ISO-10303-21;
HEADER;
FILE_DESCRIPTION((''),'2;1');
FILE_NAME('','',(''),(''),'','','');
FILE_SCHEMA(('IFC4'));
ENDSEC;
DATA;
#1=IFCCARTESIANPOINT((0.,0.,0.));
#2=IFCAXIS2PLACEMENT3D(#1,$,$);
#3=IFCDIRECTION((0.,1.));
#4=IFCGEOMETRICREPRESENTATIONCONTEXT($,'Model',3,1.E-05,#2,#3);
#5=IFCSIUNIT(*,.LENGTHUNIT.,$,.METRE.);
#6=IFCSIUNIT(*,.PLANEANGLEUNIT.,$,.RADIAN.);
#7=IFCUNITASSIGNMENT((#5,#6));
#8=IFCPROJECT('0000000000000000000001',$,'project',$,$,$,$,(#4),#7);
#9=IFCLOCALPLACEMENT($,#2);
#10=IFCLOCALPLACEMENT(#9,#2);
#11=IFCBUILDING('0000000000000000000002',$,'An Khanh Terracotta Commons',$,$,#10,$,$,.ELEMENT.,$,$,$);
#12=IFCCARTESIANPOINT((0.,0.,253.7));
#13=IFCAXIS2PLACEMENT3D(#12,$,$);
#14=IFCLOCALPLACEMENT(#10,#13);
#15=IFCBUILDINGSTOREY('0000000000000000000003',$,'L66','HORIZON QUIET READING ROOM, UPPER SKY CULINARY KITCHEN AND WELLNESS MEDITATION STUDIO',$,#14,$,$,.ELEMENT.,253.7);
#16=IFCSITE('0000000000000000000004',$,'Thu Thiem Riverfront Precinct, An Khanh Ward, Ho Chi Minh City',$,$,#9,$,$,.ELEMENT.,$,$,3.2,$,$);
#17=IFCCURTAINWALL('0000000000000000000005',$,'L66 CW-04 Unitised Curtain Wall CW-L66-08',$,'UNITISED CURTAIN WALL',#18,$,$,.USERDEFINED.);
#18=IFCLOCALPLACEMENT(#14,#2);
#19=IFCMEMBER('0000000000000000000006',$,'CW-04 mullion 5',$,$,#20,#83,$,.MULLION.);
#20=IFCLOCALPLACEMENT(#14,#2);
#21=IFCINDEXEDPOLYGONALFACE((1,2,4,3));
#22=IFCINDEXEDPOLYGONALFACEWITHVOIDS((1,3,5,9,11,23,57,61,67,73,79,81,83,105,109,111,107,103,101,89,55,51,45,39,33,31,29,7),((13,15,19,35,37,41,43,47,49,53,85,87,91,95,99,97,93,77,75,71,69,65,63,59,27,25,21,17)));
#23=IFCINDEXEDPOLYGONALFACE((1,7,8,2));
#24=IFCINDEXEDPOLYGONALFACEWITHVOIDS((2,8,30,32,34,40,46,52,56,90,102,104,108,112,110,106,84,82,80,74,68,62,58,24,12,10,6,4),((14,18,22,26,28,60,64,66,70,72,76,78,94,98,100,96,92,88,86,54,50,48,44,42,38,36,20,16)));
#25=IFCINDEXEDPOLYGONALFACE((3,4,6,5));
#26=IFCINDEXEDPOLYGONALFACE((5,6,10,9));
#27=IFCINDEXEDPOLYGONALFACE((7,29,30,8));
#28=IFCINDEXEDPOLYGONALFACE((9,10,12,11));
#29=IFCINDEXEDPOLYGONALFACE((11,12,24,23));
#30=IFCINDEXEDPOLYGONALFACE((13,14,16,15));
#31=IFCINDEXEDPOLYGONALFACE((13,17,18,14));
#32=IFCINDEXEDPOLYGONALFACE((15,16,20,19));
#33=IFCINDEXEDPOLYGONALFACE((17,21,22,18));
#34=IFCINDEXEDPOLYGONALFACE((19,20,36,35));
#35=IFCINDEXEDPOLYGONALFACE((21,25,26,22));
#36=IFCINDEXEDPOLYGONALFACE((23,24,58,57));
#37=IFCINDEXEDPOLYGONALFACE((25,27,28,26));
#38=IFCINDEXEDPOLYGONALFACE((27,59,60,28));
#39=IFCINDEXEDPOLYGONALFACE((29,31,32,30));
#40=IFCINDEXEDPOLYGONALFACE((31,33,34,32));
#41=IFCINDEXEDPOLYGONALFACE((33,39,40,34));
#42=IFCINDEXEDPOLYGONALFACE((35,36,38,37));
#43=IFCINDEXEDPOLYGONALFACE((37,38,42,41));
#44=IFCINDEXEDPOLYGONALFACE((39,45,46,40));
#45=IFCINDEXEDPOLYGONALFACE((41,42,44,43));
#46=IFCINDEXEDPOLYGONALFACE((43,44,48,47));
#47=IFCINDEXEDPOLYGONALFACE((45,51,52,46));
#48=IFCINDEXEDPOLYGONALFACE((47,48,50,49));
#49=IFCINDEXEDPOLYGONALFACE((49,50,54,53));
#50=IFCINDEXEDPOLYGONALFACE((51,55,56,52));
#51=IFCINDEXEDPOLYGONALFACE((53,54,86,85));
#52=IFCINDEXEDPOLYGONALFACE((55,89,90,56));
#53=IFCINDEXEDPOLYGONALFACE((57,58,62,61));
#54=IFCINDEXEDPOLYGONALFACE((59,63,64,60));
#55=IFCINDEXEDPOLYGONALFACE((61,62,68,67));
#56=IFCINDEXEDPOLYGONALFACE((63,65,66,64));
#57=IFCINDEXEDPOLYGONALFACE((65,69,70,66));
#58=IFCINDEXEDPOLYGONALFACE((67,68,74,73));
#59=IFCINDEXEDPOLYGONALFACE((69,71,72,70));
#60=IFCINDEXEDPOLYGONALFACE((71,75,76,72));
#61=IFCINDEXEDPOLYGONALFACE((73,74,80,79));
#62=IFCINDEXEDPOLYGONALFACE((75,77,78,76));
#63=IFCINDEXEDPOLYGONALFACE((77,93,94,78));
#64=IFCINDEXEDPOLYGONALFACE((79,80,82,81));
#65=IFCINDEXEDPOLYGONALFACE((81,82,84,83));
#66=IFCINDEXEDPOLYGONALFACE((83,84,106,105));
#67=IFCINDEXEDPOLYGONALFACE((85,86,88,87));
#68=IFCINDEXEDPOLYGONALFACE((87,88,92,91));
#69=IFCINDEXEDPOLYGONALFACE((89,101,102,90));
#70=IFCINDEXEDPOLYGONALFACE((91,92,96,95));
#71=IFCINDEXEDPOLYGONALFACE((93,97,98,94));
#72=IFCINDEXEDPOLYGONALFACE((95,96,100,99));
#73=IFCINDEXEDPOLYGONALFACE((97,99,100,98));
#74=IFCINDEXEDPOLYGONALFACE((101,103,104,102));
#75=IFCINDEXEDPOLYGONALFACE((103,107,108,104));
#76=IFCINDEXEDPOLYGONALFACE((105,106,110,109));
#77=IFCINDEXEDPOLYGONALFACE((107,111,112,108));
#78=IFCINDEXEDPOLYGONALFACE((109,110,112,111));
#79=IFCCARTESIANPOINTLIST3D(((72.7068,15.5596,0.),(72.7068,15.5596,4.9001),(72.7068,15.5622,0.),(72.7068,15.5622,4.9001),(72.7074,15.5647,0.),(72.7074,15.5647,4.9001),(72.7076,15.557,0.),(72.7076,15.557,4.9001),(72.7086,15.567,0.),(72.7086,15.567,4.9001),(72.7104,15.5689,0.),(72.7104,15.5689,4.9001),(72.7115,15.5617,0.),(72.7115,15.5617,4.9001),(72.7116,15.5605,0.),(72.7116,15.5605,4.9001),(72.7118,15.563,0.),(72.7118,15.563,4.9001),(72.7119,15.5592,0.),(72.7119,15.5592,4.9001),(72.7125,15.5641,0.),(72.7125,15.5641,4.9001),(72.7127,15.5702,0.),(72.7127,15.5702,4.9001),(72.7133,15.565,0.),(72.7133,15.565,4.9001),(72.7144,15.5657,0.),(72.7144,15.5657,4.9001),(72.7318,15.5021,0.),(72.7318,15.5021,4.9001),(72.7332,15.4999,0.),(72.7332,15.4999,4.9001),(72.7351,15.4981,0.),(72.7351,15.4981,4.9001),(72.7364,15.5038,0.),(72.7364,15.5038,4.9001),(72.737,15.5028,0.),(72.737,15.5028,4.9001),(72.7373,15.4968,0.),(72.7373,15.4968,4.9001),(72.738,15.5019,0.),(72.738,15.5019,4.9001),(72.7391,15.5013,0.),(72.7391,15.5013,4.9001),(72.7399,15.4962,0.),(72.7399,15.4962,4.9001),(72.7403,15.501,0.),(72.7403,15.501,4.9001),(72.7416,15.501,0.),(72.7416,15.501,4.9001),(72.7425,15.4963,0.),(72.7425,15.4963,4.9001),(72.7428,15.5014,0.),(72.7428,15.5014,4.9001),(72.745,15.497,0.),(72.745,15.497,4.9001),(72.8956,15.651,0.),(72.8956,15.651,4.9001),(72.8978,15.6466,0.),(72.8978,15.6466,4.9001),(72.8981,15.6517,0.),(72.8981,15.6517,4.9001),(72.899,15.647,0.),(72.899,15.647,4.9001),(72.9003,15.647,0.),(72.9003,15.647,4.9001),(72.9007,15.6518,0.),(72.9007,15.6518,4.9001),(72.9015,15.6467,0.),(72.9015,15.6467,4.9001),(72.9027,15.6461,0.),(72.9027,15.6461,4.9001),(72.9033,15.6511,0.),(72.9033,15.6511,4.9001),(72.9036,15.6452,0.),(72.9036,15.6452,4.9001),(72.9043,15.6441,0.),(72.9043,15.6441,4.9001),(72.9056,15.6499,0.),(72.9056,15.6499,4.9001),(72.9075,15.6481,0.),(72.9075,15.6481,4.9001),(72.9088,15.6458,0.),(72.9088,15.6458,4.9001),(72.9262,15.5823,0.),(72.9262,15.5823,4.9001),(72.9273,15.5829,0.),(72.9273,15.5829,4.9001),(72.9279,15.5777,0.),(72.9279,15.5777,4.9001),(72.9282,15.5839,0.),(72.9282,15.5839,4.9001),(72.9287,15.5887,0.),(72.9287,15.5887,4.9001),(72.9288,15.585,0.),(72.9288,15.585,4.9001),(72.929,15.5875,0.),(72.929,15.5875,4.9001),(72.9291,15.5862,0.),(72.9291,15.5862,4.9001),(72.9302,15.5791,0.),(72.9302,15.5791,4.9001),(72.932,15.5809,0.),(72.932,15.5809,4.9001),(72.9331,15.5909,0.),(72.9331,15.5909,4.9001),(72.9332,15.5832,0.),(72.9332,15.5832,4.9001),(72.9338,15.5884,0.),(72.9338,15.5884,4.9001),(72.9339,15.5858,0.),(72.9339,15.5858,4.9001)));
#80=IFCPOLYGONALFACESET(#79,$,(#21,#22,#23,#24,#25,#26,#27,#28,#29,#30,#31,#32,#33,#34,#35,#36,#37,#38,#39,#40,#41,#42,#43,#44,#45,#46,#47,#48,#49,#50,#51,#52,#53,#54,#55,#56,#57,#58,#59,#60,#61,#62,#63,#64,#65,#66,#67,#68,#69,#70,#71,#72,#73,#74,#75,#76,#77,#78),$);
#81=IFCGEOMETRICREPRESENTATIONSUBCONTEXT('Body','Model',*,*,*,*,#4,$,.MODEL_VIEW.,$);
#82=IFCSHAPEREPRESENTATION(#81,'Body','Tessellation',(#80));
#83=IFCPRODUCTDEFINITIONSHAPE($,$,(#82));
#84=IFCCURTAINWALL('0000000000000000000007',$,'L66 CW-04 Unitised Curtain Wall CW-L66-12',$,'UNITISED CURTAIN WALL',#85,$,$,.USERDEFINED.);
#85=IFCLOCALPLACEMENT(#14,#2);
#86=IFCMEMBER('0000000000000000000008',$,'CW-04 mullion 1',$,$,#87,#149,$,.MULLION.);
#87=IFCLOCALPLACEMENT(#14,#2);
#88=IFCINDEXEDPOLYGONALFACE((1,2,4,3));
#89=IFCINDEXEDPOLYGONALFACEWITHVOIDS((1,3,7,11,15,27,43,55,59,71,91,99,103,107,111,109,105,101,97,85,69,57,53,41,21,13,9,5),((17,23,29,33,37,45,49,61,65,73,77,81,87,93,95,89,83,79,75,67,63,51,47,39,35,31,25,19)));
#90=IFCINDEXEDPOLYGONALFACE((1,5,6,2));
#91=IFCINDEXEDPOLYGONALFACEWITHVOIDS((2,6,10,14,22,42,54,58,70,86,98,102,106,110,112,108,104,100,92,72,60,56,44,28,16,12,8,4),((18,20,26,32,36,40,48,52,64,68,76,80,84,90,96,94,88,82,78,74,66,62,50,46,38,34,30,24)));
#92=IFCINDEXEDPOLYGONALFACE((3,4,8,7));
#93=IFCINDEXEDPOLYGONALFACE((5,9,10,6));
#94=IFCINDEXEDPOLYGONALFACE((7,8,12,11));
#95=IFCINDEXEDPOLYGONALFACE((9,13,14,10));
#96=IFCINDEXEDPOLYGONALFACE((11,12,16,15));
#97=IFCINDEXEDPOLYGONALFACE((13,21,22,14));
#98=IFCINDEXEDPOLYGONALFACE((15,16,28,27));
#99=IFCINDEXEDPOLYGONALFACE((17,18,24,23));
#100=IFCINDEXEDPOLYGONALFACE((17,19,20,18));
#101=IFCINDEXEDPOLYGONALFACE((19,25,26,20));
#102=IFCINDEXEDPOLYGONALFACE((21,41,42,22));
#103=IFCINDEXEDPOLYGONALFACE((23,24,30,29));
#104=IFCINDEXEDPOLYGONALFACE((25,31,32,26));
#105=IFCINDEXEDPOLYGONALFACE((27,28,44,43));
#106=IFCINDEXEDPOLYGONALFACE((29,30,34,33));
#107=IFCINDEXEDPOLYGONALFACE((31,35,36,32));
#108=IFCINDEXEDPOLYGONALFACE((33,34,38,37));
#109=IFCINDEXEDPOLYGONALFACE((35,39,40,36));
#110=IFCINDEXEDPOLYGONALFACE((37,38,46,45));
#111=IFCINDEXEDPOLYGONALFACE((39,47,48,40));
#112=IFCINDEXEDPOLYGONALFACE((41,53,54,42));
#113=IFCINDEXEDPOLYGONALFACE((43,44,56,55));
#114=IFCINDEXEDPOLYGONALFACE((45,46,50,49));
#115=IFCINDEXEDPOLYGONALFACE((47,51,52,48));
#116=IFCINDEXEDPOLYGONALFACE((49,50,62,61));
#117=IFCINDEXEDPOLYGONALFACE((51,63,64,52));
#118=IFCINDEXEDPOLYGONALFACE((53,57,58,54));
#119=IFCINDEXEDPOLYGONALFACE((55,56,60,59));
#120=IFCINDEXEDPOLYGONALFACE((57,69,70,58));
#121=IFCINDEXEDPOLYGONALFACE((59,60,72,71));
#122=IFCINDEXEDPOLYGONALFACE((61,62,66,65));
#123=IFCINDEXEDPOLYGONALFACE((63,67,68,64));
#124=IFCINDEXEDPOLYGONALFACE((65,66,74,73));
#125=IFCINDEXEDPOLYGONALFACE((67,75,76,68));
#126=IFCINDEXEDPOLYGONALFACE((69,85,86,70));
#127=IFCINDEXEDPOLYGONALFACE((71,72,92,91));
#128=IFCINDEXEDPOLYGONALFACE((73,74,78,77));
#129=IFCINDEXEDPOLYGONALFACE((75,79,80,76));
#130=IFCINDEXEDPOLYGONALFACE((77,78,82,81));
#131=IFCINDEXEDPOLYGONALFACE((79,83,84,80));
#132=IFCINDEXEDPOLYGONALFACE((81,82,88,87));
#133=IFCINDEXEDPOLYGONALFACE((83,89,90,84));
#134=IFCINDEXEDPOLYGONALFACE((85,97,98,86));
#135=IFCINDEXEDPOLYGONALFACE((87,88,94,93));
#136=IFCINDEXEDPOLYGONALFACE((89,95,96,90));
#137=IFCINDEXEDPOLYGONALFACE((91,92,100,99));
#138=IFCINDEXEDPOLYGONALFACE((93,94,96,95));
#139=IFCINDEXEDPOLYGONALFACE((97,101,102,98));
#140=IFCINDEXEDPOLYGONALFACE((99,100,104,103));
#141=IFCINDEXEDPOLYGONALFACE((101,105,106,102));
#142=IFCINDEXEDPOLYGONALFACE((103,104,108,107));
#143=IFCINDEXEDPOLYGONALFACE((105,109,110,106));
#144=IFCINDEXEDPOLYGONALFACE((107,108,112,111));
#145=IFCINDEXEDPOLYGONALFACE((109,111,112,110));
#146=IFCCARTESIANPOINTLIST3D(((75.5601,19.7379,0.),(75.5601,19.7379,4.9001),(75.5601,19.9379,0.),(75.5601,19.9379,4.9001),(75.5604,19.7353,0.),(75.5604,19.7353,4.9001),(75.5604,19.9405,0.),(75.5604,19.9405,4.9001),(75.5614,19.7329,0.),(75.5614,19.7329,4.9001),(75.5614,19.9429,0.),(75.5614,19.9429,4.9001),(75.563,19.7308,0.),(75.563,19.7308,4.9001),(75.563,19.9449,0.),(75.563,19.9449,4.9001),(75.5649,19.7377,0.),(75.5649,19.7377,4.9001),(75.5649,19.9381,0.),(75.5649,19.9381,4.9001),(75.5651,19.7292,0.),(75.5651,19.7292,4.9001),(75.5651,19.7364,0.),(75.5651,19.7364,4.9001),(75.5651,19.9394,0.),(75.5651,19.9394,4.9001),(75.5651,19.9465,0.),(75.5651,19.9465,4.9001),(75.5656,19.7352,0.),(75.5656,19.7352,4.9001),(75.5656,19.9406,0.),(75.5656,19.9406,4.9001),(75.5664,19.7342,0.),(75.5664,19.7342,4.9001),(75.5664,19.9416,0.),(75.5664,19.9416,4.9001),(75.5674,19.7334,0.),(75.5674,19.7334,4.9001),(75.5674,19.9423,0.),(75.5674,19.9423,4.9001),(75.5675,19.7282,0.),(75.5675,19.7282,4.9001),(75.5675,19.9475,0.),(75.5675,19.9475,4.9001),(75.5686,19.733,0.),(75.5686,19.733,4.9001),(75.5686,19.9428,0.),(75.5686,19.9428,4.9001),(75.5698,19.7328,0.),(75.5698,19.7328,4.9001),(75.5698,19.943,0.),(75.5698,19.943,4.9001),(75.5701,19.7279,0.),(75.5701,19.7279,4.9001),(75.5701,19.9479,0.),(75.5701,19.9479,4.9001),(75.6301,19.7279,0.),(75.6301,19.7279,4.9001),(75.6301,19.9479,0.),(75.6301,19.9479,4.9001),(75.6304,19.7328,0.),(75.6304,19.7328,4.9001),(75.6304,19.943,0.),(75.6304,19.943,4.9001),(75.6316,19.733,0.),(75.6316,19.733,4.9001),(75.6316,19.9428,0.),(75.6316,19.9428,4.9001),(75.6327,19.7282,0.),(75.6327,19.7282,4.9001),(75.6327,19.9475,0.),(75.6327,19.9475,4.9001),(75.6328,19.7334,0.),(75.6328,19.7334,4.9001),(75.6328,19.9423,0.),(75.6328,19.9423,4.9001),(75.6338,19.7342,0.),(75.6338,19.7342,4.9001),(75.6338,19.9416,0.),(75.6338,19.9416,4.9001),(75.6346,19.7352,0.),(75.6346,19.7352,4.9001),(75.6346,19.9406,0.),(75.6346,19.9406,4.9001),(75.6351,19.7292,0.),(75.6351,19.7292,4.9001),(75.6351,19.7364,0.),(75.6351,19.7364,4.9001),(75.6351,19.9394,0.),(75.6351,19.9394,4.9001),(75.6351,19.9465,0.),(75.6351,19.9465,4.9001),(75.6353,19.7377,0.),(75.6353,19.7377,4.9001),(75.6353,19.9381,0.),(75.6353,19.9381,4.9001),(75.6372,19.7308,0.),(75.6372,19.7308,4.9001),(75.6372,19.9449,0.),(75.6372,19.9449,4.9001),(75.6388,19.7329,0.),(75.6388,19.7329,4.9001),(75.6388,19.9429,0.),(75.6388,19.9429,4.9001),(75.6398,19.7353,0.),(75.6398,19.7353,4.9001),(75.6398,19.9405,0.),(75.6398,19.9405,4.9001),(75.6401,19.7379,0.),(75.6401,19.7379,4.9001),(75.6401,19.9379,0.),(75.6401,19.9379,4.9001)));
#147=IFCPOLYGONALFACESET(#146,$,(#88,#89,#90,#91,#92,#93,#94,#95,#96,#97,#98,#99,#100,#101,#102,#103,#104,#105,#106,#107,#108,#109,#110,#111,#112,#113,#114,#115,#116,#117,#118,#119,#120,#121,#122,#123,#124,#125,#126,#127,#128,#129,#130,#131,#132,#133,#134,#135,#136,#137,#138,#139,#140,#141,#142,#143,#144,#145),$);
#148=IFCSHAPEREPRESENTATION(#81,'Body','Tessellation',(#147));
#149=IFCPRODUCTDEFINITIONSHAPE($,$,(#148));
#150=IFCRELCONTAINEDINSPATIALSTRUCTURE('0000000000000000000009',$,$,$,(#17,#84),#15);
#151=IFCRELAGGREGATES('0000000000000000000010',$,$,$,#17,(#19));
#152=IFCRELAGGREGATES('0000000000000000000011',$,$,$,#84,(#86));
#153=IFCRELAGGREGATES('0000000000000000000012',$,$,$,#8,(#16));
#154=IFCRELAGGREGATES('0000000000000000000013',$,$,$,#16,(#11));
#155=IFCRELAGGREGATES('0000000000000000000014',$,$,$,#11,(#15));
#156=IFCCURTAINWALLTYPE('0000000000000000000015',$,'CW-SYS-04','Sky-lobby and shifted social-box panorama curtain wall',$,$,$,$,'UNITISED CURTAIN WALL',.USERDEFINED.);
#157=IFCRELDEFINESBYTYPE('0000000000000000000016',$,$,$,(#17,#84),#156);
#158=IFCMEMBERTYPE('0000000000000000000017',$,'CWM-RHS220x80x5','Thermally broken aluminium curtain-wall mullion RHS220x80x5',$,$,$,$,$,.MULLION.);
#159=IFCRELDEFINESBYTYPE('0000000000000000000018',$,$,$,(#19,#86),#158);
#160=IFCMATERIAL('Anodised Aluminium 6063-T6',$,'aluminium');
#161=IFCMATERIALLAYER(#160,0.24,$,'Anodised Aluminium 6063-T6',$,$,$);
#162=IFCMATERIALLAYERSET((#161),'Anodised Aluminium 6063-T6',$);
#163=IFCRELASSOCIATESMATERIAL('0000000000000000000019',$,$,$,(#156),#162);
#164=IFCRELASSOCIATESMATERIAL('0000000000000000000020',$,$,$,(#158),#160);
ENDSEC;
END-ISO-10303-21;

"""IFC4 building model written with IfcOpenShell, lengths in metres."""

from ifc_helpers import new_model, si_unit, direction, frame, origin, origin_2d, place, context, subcontext, project, spatial, hollow_rectangle, extrude, material, layer, layer_set, material_profile, profile_set, type_object, element, aggregate, save


model = new_model("IFC4")

# Units and contexts
model_context = context("Model", 3, precision=1e-05, world=origin(), true_north=direction((0.0, 1.0)))
body_context = subcontext(model_context, "Body", "Model", "MODEL_VIEW")
ifc_project = project(units=[si_unit("LENGTHUNIT", "METRE"), si_unit("PLANEANGLEUNIT", "RADIAN")], contexts=[model_context])

# Site, building, storey
site_placement = place(None, origin())
site = spatial("IfcSite", under=ifc_project, at=site_placement, Name="Thu Thiem Riverfront Precinct, An Khanh Ward, Ho Chi Minh City", CompositionType="ELEMENT", RefElevation=3.2)
building_placement = place(site_placement, origin())
building = spatial("IfcBuilding", under=site, at=building_placement, Name="An Khanh Terracotta Commons", CompositionType="ELEMENT")
storey_placement = place(building_placement, frame((0.0, 0.0, 253.7)))
storey = spatial("IfcBuildingStorey", under=building, at=storey_placement, Name="L66", Description="HORIZON QUIET READING ROOM, UPPER SKY CULINARY KITCHEN AND WELLNESS MEDITATION STUDIO", CompositionType="ELEMENT", Elevation=253.7)

# Curtain walls, members
ifc_material_1 = material(Name="Anodised Aluminium 6063-T6", Category="aluminium")
ifc_layer_1 = layer(ifc_material_1, 0.24, Name="Anodised Aluminium 6063-T6")
ifc_layer_set_1 = layer_set([ifc_layer_1], Name="Anodised Aluminium 6063-T6")
curtain_wall_type = type_object("IfcCurtainWallType", Name="CW-SYS-04", Description="Sky-lobby and shifted social-box panorama curtain wall", ElementType="UNITISED CURTAIN WALL", PredefinedType="USERDEFINED", material=ifc_layer_set_1)
curtain_wall_1_placement = place(storey_placement, origin())
curtain_wall_1 = element("IfcCurtainWall", 1, at=curtain_wall_1_placement, inside=storey, type_object=curtain_wall_type, Name="L66 CW-04 Unitised Curtain Wall CW-L66-08", ObjectType="UNITISED CURTAIN WALL", PredefinedType="USERDEFINED")
ifc_material_profile_1 = material_profile(ifc_material_1, hollow_rectangle(XDim=0.0801, YDim=0.22, WallThickness=0.0049, InnerFilletRadius=0.0049, OuterFilletRadius=0.01, at=origin_2d()), Name="RHS220x80x5")
ifc_profile_set_1 = profile_set([ifc_material_profile_1], Name="Anodised Aluminium 6063-T6")
member_type_1 = type_object("IfcMemberType", Name="CWM-RHS220x80x5", Description="Thermally broken aluminium curtain-wall mullion RHS220x80x5", PredefinedType="MULLION", material=ifc_profile_set_1)
member_1_placement = place(storey_placement, frame((72.8203, 15.574, 0.0), z_axis=(0.0, 0.0, 1.0), x_axis=(-0.403676, 0.914902, 0.0)))
member_1 = element("IfcMember", 2, at=member_1_placement, type_object=member_type_1, Name="CW-04 mullion 5", PredefinedType="MULLION", context=body_context, shape_type="SweptSolid", body=[
    extrude(hollow_rectangle(XDim=0.0801, YDim=0.22, WallThickness=0.0049, InnerFilletRadius=0.0049, OuterFilletRadius=0.01, at=origin_2d()), origin(), (0.0, 0.0, 1.0), 4.9001),
])
curtain_wall_2_placement = place(storey_placement, origin())
curtain_wall_2 = element("IfcCurtainWall", 3, at=curtain_wall_2_placement, inside=storey, type_object=curtain_wall_type, Name="L66 CW-04 Unitised Curtain Wall CW-L66-12", ObjectType="UNITISED CURTAIN WALL", PredefinedType="USERDEFINED")
member_2_placement = place(storey_placement, frame((75.6001, 19.8379, 0.0), z_axis=(0.0, 0.0, 1.0), x_axis=(-1.0, 0.0, 0.0)))
member_2 = element("IfcMember", 4, at=member_2_placement, type_object=member_type_1, Name="CW-04 mullion 1", PredefinedType="MULLION", context=body_context, shape_type="SweptSolid", body=[
    extrude(hollow_rectangle(XDim=0.0801, YDim=0.22, WallThickness=0.0049, InnerFilletRadius=0.0049, OuterFilletRadius=0.01, at=origin_2d()), origin(), (0.0, 0.0, 1.0), 4.9001),
])

aggregate(curtain_wall_1, [member_1])
aggregate(curtain_wall_2, [member_2])

save(model, "model.ifc")
